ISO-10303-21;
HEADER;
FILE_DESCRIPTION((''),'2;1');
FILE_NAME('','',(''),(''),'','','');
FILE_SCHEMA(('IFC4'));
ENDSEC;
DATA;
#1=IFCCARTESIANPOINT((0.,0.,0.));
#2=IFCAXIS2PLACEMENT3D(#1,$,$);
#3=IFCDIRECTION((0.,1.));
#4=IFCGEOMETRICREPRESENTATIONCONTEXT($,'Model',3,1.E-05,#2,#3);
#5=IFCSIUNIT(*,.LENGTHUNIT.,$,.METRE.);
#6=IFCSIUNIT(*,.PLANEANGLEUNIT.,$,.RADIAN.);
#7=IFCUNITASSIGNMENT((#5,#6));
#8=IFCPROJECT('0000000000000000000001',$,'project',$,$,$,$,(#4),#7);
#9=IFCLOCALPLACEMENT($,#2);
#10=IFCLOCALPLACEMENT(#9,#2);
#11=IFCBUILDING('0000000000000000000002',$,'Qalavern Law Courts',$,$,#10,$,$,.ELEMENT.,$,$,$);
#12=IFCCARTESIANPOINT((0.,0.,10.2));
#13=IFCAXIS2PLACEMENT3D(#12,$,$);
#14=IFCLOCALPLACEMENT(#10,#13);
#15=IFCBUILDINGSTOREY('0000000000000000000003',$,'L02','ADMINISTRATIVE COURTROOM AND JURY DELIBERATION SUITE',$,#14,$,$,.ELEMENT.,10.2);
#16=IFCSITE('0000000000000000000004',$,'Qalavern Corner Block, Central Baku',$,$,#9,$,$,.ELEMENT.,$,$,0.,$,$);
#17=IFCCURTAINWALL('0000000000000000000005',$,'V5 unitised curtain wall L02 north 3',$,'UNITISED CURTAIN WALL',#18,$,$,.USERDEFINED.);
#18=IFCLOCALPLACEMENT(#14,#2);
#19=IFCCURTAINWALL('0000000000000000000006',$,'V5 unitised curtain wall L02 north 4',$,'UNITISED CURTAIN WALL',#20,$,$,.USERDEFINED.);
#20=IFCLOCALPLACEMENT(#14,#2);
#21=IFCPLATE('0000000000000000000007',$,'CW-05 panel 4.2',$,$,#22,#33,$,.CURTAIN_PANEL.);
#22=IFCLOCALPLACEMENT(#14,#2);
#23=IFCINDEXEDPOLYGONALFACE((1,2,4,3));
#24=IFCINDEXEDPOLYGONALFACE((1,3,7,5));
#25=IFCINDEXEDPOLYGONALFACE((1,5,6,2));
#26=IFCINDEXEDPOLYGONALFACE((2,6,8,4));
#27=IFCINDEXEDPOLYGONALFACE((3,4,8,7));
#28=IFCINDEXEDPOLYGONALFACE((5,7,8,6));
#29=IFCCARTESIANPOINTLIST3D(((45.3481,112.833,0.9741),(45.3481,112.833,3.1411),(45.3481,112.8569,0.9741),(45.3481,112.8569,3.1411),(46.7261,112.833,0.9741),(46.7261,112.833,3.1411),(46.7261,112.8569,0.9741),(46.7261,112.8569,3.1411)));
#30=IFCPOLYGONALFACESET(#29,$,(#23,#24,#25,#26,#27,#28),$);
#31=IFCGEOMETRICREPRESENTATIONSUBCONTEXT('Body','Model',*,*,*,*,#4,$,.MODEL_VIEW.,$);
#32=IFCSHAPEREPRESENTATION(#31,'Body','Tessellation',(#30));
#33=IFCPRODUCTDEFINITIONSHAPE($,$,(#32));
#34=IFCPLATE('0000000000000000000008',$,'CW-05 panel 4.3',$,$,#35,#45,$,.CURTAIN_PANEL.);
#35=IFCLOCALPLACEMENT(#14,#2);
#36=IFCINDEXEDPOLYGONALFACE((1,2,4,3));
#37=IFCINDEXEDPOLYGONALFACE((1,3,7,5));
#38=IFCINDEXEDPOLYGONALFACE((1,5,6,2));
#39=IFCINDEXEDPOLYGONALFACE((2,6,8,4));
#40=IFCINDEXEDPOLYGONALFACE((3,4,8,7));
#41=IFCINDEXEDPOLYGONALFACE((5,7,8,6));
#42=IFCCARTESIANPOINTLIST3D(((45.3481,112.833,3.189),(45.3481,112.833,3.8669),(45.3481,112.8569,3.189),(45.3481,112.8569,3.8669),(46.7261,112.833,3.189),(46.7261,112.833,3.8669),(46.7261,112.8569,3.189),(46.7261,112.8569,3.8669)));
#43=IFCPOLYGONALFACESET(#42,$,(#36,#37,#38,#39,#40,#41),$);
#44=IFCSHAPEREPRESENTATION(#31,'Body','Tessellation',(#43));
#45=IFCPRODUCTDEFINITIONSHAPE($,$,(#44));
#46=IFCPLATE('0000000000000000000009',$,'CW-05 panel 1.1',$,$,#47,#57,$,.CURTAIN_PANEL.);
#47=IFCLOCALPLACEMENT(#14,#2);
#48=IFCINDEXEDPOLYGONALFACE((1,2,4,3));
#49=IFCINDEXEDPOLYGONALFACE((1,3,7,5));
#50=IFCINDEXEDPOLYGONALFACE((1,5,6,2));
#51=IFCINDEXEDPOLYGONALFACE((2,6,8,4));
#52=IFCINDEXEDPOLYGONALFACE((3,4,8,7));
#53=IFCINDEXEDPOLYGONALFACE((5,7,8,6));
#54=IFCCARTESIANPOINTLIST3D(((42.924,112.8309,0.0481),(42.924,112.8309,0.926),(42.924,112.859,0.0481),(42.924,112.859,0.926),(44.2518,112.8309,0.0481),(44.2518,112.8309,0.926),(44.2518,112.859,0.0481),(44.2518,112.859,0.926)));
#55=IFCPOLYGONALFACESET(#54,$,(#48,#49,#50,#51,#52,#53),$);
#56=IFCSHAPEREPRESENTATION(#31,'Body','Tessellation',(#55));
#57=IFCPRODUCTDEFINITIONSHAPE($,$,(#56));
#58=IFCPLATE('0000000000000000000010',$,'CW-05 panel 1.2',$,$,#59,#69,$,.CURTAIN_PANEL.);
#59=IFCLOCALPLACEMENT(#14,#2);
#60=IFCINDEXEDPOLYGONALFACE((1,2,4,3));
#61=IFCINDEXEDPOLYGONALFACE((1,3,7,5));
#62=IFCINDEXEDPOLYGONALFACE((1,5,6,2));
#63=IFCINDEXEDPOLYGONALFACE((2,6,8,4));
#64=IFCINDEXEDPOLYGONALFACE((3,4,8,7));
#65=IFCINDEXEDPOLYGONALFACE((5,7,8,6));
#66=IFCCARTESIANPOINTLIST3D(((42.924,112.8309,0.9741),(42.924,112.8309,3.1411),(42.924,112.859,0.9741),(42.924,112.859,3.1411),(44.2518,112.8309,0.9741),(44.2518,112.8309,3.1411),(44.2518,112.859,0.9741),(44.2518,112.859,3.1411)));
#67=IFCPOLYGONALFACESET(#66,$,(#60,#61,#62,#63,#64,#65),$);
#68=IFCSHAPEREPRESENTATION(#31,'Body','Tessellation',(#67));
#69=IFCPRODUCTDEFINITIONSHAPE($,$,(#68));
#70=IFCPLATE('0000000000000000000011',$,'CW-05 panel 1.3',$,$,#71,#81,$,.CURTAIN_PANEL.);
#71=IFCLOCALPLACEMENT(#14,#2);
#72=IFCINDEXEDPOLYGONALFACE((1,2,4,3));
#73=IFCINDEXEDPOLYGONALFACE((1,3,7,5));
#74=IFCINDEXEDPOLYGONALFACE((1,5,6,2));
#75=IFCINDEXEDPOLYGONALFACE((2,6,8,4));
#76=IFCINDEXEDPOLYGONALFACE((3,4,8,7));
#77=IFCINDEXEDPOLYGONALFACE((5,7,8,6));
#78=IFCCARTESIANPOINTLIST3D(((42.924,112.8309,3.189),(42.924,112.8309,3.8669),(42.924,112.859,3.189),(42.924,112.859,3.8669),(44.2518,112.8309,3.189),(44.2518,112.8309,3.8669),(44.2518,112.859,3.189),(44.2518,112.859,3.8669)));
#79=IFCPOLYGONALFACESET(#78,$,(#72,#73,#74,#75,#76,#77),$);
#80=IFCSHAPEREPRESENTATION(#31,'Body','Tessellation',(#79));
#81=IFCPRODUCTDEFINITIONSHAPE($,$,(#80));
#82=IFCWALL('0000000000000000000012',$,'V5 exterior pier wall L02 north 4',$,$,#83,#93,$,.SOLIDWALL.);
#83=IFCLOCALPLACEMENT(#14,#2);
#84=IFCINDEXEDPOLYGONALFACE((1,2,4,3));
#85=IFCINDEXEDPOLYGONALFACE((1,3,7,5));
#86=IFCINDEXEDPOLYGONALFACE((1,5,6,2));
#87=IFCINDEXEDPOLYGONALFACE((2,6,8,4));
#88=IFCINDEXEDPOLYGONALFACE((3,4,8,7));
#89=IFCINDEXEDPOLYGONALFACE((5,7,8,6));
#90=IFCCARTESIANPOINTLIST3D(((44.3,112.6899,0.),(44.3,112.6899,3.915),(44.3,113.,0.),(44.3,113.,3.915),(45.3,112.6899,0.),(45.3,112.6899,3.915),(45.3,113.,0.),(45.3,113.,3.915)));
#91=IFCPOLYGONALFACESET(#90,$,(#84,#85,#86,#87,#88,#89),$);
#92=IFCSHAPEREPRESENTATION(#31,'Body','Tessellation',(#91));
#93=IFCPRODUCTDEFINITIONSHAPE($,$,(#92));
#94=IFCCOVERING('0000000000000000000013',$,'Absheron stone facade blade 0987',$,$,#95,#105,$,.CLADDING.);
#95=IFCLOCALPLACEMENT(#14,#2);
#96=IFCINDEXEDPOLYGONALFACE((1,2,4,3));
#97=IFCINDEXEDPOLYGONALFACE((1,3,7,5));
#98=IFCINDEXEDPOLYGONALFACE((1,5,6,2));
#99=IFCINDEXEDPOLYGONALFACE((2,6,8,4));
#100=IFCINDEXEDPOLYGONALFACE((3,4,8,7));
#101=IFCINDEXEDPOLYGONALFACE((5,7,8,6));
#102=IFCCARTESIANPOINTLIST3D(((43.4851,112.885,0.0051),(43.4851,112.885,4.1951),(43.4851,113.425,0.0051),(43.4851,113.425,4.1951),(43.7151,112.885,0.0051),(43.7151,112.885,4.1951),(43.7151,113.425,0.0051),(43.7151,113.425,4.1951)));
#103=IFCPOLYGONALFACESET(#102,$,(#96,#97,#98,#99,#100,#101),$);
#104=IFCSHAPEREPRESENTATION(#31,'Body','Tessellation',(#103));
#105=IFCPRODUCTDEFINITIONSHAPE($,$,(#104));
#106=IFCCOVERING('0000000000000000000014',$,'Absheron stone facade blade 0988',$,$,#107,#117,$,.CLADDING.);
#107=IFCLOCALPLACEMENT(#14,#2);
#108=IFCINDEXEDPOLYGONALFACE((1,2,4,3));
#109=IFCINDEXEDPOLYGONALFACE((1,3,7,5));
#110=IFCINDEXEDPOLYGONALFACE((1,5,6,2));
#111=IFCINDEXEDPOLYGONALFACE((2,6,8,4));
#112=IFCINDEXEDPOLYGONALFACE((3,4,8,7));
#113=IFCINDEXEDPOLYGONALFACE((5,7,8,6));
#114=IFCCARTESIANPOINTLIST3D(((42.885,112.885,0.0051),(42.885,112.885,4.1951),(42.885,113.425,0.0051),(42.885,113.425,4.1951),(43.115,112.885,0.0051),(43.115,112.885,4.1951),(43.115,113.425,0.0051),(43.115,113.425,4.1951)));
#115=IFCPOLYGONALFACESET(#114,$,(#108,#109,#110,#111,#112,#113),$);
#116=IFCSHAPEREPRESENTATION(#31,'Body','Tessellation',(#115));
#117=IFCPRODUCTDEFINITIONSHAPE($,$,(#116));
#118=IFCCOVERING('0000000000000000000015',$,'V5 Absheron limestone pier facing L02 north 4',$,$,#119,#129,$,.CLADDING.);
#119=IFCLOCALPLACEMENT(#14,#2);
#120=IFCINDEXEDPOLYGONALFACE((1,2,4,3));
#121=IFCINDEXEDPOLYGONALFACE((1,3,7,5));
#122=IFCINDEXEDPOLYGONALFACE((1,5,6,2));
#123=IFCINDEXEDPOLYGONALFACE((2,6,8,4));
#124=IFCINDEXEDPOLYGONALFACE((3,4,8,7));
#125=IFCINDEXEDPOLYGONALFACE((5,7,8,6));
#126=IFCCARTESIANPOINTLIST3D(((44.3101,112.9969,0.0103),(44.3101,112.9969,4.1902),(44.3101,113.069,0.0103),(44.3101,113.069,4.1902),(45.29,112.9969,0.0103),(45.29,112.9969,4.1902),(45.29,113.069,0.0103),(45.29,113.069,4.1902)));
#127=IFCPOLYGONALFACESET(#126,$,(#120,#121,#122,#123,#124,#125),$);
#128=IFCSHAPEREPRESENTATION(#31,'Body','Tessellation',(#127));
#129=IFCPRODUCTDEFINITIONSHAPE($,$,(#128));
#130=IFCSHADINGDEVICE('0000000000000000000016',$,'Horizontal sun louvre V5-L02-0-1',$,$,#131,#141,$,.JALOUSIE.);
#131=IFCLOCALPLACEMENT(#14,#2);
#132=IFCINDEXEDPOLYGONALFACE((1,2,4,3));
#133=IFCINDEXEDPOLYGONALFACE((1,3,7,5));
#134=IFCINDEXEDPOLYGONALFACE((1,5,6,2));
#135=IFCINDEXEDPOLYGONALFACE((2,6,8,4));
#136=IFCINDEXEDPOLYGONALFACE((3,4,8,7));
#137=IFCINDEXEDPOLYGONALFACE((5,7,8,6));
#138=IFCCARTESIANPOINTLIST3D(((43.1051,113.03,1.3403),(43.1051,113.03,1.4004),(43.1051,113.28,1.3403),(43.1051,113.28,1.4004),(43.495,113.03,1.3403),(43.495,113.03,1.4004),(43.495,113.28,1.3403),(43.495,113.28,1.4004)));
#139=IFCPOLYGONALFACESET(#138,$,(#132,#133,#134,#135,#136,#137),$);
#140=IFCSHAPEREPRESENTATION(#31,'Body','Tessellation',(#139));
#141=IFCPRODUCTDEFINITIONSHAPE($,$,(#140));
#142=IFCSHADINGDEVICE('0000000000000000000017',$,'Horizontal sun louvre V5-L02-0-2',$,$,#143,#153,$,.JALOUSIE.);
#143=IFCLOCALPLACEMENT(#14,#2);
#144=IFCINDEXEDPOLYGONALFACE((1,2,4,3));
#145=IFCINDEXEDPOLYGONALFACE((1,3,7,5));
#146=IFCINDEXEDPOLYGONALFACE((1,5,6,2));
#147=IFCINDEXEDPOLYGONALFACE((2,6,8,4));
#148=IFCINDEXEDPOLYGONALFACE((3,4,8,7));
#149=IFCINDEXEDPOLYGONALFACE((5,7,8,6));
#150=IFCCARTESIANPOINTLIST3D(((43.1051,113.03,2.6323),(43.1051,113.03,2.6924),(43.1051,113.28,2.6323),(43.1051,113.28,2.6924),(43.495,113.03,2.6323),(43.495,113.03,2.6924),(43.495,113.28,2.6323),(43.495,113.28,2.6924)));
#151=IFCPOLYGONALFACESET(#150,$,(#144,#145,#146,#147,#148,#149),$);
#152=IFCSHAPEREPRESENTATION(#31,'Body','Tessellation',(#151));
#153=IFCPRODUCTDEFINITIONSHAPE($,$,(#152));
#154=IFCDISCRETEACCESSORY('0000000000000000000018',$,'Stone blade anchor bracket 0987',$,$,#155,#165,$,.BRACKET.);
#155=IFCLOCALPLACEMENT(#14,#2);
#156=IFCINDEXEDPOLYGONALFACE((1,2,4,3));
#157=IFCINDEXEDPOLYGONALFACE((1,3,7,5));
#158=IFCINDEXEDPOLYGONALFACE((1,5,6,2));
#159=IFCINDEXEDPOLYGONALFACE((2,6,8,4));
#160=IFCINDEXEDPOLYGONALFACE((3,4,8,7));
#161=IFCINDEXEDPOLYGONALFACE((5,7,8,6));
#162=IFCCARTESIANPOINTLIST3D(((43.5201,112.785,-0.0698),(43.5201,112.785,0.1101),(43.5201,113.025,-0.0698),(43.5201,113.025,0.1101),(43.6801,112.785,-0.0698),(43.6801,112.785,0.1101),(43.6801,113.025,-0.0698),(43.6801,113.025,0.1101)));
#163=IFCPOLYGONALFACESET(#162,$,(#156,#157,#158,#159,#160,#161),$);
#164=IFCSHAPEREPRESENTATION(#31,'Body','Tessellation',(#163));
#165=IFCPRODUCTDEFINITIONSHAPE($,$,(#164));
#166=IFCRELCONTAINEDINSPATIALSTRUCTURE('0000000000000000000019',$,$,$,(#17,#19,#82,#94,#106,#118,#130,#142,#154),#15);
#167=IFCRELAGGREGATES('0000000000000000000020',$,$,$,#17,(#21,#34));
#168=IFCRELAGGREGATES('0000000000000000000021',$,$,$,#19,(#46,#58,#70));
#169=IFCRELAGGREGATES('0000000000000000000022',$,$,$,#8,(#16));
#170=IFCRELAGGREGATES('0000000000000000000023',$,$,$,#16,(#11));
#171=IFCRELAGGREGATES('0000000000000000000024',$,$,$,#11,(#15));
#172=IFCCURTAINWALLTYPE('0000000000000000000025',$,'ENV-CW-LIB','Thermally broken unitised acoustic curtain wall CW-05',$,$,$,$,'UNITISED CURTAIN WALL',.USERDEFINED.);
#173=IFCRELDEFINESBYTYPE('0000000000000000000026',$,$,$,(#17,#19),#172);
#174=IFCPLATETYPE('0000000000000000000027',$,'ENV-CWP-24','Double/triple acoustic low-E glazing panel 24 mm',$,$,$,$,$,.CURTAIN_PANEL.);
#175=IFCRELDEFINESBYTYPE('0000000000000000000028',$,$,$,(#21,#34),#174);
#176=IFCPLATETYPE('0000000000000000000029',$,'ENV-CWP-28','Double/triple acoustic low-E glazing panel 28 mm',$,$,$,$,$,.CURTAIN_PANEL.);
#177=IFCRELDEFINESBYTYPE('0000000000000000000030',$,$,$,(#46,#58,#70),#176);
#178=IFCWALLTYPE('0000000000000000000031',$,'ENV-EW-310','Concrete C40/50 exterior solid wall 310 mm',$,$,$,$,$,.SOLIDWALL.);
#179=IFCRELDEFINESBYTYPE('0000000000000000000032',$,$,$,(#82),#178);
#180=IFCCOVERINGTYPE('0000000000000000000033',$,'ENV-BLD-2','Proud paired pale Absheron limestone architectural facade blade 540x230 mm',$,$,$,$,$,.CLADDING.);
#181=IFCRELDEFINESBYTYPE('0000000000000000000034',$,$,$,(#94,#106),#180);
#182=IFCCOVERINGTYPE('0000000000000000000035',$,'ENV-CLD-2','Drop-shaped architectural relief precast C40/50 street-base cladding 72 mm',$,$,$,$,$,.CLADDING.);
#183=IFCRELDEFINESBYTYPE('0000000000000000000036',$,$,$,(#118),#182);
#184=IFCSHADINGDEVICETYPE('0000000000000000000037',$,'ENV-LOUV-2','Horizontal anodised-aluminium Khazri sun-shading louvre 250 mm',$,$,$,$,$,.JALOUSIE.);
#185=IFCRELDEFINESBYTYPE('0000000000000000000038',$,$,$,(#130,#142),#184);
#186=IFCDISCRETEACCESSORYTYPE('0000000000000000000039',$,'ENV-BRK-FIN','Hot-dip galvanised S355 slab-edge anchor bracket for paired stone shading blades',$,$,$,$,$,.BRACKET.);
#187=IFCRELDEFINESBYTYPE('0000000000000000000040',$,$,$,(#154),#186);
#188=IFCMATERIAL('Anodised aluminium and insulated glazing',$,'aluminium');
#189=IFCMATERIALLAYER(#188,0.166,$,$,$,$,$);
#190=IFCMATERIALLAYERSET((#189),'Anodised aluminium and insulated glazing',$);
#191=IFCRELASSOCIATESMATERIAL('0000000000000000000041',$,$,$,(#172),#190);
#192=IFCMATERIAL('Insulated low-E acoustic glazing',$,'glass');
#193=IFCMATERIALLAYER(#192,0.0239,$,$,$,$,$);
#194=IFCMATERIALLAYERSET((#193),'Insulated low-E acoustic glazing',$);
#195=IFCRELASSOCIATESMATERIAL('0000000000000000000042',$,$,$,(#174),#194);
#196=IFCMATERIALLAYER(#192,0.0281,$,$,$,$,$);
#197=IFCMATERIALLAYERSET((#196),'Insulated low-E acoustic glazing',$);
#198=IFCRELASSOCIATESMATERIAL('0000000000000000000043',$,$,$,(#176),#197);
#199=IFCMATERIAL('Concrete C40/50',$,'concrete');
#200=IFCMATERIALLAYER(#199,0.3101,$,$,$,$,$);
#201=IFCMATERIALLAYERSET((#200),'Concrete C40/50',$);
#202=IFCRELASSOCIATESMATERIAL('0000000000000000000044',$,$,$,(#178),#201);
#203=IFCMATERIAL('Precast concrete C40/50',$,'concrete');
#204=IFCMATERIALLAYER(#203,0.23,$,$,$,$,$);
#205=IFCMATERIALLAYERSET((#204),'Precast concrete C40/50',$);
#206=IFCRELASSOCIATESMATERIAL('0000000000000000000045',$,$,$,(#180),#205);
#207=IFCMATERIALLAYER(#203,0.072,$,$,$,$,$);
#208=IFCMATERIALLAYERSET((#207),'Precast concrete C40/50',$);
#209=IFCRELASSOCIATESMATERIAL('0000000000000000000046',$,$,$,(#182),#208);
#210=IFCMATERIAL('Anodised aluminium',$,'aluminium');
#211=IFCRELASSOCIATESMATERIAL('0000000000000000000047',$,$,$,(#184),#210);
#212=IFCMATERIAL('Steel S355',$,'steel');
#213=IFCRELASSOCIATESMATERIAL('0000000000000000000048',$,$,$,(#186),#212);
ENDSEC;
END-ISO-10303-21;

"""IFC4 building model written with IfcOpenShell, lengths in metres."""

from ifc_helpers import new_model, si_unit, direction, frame, frame_2d, origin, origin_2d, place, context, subcontext, project, spatial, rectangle, extrude, material, layer, layer_set, type_object, element, aggregate, save


model = new_model("IFC4")

# Units and contexts
model_context = context("Model", 3, precision=1e-05, world=origin(), true_north=direction((0.0, 1.0)))
body_context = subcontext(model_context, "Body", "Model", "MODEL_VIEW")
ifc_project = project(units=[si_unit("LENGTHUNIT", "METRE"), si_unit("PLANEANGLEUNIT", "RADIAN")], contexts=[model_context])

# Site, building, storey
site_placement = place(None, origin())
site = spatial("IfcSite", under=ifc_project, at=site_placement, Name="Qalavern Corner Block, Central Baku", CompositionType="ELEMENT", RefElevation=0.0)
building_placement = place(site_placement, origin())
building = spatial("IfcBuilding", under=site, at=building_placement, Name="Qalavern Law Courts", CompositionType="ELEMENT")
storey_placement = place(building_placement, frame((0.0, 0.0, 10.2)))
storey = spatial("IfcBuildingStorey", under=building, at=storey_placement, Name="L02", Description="ADMINISTRATIVE COURTROOM AND JURY DELIBERATION SUITE", CompositionType="ELEMENT", Elevation=10.2)

# Curtain walls
ifc_material_1 = material(Name="Anodised aluminium and insulated glazing", Category="aluminium")
ifc_layer_1 = layer(ifc_material_1, 0.166)
ifc_layer_set_1 = layer_set([ifc_layer_1], Name="Anodised aluminium and insulated glazing")
curtain_wall_type = type_object("IfcCurtainWallType", Name="ENV-CW-LIB", Description="Thermally broken unitised acoustic curtain wall CW-05", ElementType="UNITISED CURTAIN WALL", PredefinedType="USERDEFINED", material=ifc_layer_set_1)
curtain_wall_1_placement = place(storey_placement, origin())
curtain_wall_1 = element("IfcCurtainWall", 1, at=curtain_wall_1_placement, inside=storey, type_object=curtain_wall_type, Name="V5 unitised curtain wall L02 north 3", ObjectType="UNITISED CURTAIN WALL", PredefinedType="USERDEFINED")
ifc_material_2 = material(Name="Anodised aluminium", Category="aluminium")
curtain_wall_2_placement = place(storey_placement, origin())
curtain_wall_2 = element("IfcCurtainWall", 2, at=curtain_wall_2_placement, inside=storey, type_object=curtain_wall_type, Name="V5 unitised curtain wall L02 north 4", ObjectType="UNITISED CURTAIN WALL", PredefinedType="USERDEFINED")

# Plates
ifc_material_3 = material(Name="Insulated low-E acoustic glazing", Category="glass")
ifc_layer_2 = layer(ifc_material_3, 0.0239)
ifc_layer_set_2 = layer_set([ifc_layer_2], Name="Insulated low-E acoustic glazing")
plate_type_1 = type_object("IfcPlateType", Name="ENV-CWP-24", Description="Double/triple acoustic low-E glazing panel 24 mm", PredefinedType="CURTAIN_PANEL", material=ifc_layer_set_2)
plate_1_placement = place(storey_placement, frame((46.0371, 112.845, 0.9741), z_axis=(0.0, 0.0, 1.0), x_axis=(-1.0, 0.0, 0.0)))
plate_1 = element("IfcPlate", 3, at=plate_1_placement, type_object=plate_type_1, Name="CW-05 panel 4.2", PredefinedType="CURTAIN_PANEL", context=body_context, shape_type="SweptSolid", body=[
    extrude(rectangle(XDim=1.3779, YDim=0.0239, at=origin_2d()), origin(), (0.0, 0.0, 1.0), 2.167),
])
plate_2_placement = place(storey_placement, frame((46.0371, 112.845, 3.189), z_axis=(0.0, 0.0, 1.0), x_axis=(-1.0, 0.0, 0.0)))
plate_2 = element("IfcPlate", 4, at=plate_2_placement, type_object=plate_type_1, Name="CW-05 panel 4.3", PredefinedType="CURTAIN_PANEL", context=body_context, shape_type="SweptSolid", body=[
    extrude(rectangle(XDim=1.3779, YDim=0.0239, at=origin_2d()), origin(), (0.0, 0.0, 1.0), 0.678),
])
aggregate(curtain_wall_1, [plate_1, plate_2])
ifc_layer_3 = layer(ifc_material_3, 0.0281)
ifc_layer_set_3 = layer_set([ifc_layer_3], Name="Insulated low-E acoustic glazing")
plate_type_2 = type_object("IfcPlateType", Name="ENV-CWP-28", Description="Double/triple acoustic low-E glazing panel 28 mm", PredefinedType="CURTAIN_PANEL", material=ifc_layer_set_3)
plate_3_placement = place(storey_placement, frame((43.5879, 112.845, 0.0481), z_axis=(0.0, 0.0, 1.0), x_axis=(-1.0, 0.0, 0.0)))
plate_3 = element("IfcPlate", 5, at=plate_3_placement, type_object=plate_type_2, Name="CW-05 panel 1.1", PredefinedType="CURTAIN_PANEL", context=body_context, shape_type="SweptSolid", body=[
    extrude(rectangle(XDim=1.3279, YDim=0.0281, at=origin_2d()), origin(), (0.0, 0.0, 1.0), 0.8779),
])
plate_4_placement = place(storey_placement, frame((43.5879, 112.845, 0.9741), z_axis=(0.0, 0.0, 1.0), x_axis=(-1.0, 0.0, 0.0)))
plate_4 = element("IfcPlate", 6, at=plate_4_placement, type_object=plate_type_2, Name="CW-05 panel 1.2", PredefinedType="CURTAIN_PANEL", context=body_context, shape_type="SweptSolid", body=[
    extrude(rectangle(XDim=1.3279, YDim=0.0281, at=origin_2d()), origin(), (0.0, 0.0, 1.0), 2.167),
])
plate_5_placement = place(storey_placement, frame((43.5879, 112.845, 3.189), z_axis=(0.0, 0.0, 1.0), x_axis=(-1.0, 0.0, 0.0)))
plate_5 = element("IfcPlate", 7, at=plate_5_placement, type_object=plate_type_2, Name="CW-05 panel 1.3", PredefinedType="CURTAIN_PANEL", context=body_context, shape_type="SweptSolid", body=[
    extrude(rectangle(XDim=1.3279, YDim=0.0281, at=origin_2d()), origin(), (0.0, 0.0, 1.0), 0.678),
])
aggregate(curtain_wall_2, [plate_3, plate_4, plate_5])

# Wall
ifc_material_4 = material(Name="Concrete C40/50", Category="concrete")
ifc_layer_4 = layer(ifc_material_4, 0.3101)
ifc_layer_set_4 = layer_set([ifc_layer_4], Name="Concrete C40/50")
wall_type = type_object("IfcWallType", Name="ENV-EW-310", Description="Concrete C40/50 exterior solid wall 310 mm", PredefinedType="SOLIDWALL", material=ifc_layer_set_4)
wall_placement = place(storey_placement, frame((45.3, 112.845, 0.0), z_axis=(0.0, 0.0, 1.0), x_axis=(-1.0, 0.0, 0.0)))
element("IfcWall", 8, at=wall_placement, inside=storey, type_object=wall_type, Name="V5 exterior pier wall L02 north 4", PredefinedType="SOLIDWALL", context=body_context, shape_type="SweptSolid", body=[
    extrude(rectangle(XDim=1.0, YDim=0.3101, at=frame_2d((0.5, 0.0))), origin(), (0.0, 0.0, 1.0), 3.915),
])

# Coverings
ifc_material_5 = material(Name="Precast concrete C40/50", Category="concrete")
ifc_layer_5 = layer(ifc_material_5, 0.23)
ifc_layer_set_5 = layer_set([ifc_layer_5], Name="Precast concrete C40/50")
covering_type_1 = type_object("IfcCoveringType", Name="ENV-BLD-2", Description="Proud paired pale Absheron limestone architectural facade blade 540x230 mm", PredefinedType="CLADDING", material=ifc_layer_set_5)
for number, where, z_axis, x_axis, name in (
    (9, (43.6001, 113.155, 0.0051), (0.0, 0.0, 1.0), (0.0, 1.0, 0.0), "Absheron stone facade blade 0987"),
    (10, (43.0, 113.155, 0.0051), (0.0, 0.0, 1.0), (0.0, 1.0, 0.0), "Absheron stone facade blade 0988"),
):
    element("IfcCovering", number, at=place(storey_placement, frame(where, z_axis=z_axis, x_axis=x_axis)), inside=storey, type_object=covering_type_1, Name=name, PredefinedType="CLADDING", context=body_context, shape_type="SweptSolid", body=[
        extrude(rectangle(XDim=0.54, YDim=0.23, at=origin_2d()), origin(), (0.0, 0.0, 1.0), 4.1899),
    ])
ifc_layer_6 = layer(ifc_material_5, 0.072)
ifc_layer_set_6 = layer_set([ifc_layer_6], Name="Precast concrete C40/50")
covering_type_2 = type_object("IfcCoveringType", Name="ENV-CLD-2", Description="Drop-shaped architectural relief precast C40/50 street-base cladding 72 mm", PredefinedType="CLADDING", material=ifc_layer_set_6)
covering_placement = place(storey_placement, frame((44.8, 113.033, 0.0103), z_axis=(0.0, 0.0, 1.0), x_axis=(-1.0, 0.0, 0.0)))
element("IfcCovering", 11, at=covering_placement, inside=storey, type_object=covering_type_2, Name="V5 Absheron limestone pier facing L02 north 4", PredefinedType="CLADDING", context=body_context, shape_type="SweptSolid", body=[
    extrude(rectangle(XDim=0.98, YDim=0.072, at=origin_2d()), origin(), (0.0, 0.0, 1.0), 4.1799),
])

# Shading devices
shading_device_type = type_object("IfcShadingDeviceType", Name="ENV-LOUV-2", Description="Horizontal anodised-aluminium Khazri sun-shading louvre 250 mm", PredefinedType="JALOUSIE", material=ifc_material_2)
for number, where, z_axis, x_axis, name in (
    (12, (43.3, 113.155, 1.3403), (0.0, 0.0, 1.0), (-1.0, 0.0, 0.0), "Horizontal sun louvre V5-L02-0-1"),
    (13, (43.3, 113.155, 2.6323), (0.0, 0.0, 1.0), (-1.0, 0.0, 0.0), "Horizontal sun louvre V5-L02-0-2"),
):
    element("IfcShadingDevice", number, at=place(storey_placement, frame(where, z_axis=z_axis, x_axis=x_axis)), inside=storey, type_object=shading_device_type, Name=name, PredefinedType="JALOUSIE", context=body_context, shape_type="SweptSolid", body=[
        extrude(rectangle(XDim=0.3899, YDim=0.25, at=origin_2d()), origin(), (0.0, 0.0, 1.0), 0.0601),
    ])

# Discrete accessory
ifc_material_6 = material(Name="Steel S355", Category="steel")
discrete_accessory_type = type_object("IfcDiscreteAccessoryType", Name="ENV-BRK-FIN", Description="Hot-dip galvanised S355 slab-edge anchor bracket for paired stone shading blades", PredefinedType="BRACKET", material=ifc_material_6)
discrete_accessory_placement = place(storey_placement, frame((43.6001, 112.905, -0.0698), z_axis=(0.0, 0.0, 1.0), x_axis=(0.0, 1.0, 0.0)))
element("IfcDiscreteAccessory", 14, at=discrete_accessory_placement, inside=storey, type_object=discrete_accessory_type, Name="Stone blade anchor bracket 0987", PredefinedType="BRACKET", context=body_context, shape_type="SweptSolid", body=[
    extrude(rectangle(XDim=0.24, YDim=0.1599, at=origin_2d()), origin(), (0.0, 0.0, 1.0), 0.1799),
])

save(model, "model.ifc")
